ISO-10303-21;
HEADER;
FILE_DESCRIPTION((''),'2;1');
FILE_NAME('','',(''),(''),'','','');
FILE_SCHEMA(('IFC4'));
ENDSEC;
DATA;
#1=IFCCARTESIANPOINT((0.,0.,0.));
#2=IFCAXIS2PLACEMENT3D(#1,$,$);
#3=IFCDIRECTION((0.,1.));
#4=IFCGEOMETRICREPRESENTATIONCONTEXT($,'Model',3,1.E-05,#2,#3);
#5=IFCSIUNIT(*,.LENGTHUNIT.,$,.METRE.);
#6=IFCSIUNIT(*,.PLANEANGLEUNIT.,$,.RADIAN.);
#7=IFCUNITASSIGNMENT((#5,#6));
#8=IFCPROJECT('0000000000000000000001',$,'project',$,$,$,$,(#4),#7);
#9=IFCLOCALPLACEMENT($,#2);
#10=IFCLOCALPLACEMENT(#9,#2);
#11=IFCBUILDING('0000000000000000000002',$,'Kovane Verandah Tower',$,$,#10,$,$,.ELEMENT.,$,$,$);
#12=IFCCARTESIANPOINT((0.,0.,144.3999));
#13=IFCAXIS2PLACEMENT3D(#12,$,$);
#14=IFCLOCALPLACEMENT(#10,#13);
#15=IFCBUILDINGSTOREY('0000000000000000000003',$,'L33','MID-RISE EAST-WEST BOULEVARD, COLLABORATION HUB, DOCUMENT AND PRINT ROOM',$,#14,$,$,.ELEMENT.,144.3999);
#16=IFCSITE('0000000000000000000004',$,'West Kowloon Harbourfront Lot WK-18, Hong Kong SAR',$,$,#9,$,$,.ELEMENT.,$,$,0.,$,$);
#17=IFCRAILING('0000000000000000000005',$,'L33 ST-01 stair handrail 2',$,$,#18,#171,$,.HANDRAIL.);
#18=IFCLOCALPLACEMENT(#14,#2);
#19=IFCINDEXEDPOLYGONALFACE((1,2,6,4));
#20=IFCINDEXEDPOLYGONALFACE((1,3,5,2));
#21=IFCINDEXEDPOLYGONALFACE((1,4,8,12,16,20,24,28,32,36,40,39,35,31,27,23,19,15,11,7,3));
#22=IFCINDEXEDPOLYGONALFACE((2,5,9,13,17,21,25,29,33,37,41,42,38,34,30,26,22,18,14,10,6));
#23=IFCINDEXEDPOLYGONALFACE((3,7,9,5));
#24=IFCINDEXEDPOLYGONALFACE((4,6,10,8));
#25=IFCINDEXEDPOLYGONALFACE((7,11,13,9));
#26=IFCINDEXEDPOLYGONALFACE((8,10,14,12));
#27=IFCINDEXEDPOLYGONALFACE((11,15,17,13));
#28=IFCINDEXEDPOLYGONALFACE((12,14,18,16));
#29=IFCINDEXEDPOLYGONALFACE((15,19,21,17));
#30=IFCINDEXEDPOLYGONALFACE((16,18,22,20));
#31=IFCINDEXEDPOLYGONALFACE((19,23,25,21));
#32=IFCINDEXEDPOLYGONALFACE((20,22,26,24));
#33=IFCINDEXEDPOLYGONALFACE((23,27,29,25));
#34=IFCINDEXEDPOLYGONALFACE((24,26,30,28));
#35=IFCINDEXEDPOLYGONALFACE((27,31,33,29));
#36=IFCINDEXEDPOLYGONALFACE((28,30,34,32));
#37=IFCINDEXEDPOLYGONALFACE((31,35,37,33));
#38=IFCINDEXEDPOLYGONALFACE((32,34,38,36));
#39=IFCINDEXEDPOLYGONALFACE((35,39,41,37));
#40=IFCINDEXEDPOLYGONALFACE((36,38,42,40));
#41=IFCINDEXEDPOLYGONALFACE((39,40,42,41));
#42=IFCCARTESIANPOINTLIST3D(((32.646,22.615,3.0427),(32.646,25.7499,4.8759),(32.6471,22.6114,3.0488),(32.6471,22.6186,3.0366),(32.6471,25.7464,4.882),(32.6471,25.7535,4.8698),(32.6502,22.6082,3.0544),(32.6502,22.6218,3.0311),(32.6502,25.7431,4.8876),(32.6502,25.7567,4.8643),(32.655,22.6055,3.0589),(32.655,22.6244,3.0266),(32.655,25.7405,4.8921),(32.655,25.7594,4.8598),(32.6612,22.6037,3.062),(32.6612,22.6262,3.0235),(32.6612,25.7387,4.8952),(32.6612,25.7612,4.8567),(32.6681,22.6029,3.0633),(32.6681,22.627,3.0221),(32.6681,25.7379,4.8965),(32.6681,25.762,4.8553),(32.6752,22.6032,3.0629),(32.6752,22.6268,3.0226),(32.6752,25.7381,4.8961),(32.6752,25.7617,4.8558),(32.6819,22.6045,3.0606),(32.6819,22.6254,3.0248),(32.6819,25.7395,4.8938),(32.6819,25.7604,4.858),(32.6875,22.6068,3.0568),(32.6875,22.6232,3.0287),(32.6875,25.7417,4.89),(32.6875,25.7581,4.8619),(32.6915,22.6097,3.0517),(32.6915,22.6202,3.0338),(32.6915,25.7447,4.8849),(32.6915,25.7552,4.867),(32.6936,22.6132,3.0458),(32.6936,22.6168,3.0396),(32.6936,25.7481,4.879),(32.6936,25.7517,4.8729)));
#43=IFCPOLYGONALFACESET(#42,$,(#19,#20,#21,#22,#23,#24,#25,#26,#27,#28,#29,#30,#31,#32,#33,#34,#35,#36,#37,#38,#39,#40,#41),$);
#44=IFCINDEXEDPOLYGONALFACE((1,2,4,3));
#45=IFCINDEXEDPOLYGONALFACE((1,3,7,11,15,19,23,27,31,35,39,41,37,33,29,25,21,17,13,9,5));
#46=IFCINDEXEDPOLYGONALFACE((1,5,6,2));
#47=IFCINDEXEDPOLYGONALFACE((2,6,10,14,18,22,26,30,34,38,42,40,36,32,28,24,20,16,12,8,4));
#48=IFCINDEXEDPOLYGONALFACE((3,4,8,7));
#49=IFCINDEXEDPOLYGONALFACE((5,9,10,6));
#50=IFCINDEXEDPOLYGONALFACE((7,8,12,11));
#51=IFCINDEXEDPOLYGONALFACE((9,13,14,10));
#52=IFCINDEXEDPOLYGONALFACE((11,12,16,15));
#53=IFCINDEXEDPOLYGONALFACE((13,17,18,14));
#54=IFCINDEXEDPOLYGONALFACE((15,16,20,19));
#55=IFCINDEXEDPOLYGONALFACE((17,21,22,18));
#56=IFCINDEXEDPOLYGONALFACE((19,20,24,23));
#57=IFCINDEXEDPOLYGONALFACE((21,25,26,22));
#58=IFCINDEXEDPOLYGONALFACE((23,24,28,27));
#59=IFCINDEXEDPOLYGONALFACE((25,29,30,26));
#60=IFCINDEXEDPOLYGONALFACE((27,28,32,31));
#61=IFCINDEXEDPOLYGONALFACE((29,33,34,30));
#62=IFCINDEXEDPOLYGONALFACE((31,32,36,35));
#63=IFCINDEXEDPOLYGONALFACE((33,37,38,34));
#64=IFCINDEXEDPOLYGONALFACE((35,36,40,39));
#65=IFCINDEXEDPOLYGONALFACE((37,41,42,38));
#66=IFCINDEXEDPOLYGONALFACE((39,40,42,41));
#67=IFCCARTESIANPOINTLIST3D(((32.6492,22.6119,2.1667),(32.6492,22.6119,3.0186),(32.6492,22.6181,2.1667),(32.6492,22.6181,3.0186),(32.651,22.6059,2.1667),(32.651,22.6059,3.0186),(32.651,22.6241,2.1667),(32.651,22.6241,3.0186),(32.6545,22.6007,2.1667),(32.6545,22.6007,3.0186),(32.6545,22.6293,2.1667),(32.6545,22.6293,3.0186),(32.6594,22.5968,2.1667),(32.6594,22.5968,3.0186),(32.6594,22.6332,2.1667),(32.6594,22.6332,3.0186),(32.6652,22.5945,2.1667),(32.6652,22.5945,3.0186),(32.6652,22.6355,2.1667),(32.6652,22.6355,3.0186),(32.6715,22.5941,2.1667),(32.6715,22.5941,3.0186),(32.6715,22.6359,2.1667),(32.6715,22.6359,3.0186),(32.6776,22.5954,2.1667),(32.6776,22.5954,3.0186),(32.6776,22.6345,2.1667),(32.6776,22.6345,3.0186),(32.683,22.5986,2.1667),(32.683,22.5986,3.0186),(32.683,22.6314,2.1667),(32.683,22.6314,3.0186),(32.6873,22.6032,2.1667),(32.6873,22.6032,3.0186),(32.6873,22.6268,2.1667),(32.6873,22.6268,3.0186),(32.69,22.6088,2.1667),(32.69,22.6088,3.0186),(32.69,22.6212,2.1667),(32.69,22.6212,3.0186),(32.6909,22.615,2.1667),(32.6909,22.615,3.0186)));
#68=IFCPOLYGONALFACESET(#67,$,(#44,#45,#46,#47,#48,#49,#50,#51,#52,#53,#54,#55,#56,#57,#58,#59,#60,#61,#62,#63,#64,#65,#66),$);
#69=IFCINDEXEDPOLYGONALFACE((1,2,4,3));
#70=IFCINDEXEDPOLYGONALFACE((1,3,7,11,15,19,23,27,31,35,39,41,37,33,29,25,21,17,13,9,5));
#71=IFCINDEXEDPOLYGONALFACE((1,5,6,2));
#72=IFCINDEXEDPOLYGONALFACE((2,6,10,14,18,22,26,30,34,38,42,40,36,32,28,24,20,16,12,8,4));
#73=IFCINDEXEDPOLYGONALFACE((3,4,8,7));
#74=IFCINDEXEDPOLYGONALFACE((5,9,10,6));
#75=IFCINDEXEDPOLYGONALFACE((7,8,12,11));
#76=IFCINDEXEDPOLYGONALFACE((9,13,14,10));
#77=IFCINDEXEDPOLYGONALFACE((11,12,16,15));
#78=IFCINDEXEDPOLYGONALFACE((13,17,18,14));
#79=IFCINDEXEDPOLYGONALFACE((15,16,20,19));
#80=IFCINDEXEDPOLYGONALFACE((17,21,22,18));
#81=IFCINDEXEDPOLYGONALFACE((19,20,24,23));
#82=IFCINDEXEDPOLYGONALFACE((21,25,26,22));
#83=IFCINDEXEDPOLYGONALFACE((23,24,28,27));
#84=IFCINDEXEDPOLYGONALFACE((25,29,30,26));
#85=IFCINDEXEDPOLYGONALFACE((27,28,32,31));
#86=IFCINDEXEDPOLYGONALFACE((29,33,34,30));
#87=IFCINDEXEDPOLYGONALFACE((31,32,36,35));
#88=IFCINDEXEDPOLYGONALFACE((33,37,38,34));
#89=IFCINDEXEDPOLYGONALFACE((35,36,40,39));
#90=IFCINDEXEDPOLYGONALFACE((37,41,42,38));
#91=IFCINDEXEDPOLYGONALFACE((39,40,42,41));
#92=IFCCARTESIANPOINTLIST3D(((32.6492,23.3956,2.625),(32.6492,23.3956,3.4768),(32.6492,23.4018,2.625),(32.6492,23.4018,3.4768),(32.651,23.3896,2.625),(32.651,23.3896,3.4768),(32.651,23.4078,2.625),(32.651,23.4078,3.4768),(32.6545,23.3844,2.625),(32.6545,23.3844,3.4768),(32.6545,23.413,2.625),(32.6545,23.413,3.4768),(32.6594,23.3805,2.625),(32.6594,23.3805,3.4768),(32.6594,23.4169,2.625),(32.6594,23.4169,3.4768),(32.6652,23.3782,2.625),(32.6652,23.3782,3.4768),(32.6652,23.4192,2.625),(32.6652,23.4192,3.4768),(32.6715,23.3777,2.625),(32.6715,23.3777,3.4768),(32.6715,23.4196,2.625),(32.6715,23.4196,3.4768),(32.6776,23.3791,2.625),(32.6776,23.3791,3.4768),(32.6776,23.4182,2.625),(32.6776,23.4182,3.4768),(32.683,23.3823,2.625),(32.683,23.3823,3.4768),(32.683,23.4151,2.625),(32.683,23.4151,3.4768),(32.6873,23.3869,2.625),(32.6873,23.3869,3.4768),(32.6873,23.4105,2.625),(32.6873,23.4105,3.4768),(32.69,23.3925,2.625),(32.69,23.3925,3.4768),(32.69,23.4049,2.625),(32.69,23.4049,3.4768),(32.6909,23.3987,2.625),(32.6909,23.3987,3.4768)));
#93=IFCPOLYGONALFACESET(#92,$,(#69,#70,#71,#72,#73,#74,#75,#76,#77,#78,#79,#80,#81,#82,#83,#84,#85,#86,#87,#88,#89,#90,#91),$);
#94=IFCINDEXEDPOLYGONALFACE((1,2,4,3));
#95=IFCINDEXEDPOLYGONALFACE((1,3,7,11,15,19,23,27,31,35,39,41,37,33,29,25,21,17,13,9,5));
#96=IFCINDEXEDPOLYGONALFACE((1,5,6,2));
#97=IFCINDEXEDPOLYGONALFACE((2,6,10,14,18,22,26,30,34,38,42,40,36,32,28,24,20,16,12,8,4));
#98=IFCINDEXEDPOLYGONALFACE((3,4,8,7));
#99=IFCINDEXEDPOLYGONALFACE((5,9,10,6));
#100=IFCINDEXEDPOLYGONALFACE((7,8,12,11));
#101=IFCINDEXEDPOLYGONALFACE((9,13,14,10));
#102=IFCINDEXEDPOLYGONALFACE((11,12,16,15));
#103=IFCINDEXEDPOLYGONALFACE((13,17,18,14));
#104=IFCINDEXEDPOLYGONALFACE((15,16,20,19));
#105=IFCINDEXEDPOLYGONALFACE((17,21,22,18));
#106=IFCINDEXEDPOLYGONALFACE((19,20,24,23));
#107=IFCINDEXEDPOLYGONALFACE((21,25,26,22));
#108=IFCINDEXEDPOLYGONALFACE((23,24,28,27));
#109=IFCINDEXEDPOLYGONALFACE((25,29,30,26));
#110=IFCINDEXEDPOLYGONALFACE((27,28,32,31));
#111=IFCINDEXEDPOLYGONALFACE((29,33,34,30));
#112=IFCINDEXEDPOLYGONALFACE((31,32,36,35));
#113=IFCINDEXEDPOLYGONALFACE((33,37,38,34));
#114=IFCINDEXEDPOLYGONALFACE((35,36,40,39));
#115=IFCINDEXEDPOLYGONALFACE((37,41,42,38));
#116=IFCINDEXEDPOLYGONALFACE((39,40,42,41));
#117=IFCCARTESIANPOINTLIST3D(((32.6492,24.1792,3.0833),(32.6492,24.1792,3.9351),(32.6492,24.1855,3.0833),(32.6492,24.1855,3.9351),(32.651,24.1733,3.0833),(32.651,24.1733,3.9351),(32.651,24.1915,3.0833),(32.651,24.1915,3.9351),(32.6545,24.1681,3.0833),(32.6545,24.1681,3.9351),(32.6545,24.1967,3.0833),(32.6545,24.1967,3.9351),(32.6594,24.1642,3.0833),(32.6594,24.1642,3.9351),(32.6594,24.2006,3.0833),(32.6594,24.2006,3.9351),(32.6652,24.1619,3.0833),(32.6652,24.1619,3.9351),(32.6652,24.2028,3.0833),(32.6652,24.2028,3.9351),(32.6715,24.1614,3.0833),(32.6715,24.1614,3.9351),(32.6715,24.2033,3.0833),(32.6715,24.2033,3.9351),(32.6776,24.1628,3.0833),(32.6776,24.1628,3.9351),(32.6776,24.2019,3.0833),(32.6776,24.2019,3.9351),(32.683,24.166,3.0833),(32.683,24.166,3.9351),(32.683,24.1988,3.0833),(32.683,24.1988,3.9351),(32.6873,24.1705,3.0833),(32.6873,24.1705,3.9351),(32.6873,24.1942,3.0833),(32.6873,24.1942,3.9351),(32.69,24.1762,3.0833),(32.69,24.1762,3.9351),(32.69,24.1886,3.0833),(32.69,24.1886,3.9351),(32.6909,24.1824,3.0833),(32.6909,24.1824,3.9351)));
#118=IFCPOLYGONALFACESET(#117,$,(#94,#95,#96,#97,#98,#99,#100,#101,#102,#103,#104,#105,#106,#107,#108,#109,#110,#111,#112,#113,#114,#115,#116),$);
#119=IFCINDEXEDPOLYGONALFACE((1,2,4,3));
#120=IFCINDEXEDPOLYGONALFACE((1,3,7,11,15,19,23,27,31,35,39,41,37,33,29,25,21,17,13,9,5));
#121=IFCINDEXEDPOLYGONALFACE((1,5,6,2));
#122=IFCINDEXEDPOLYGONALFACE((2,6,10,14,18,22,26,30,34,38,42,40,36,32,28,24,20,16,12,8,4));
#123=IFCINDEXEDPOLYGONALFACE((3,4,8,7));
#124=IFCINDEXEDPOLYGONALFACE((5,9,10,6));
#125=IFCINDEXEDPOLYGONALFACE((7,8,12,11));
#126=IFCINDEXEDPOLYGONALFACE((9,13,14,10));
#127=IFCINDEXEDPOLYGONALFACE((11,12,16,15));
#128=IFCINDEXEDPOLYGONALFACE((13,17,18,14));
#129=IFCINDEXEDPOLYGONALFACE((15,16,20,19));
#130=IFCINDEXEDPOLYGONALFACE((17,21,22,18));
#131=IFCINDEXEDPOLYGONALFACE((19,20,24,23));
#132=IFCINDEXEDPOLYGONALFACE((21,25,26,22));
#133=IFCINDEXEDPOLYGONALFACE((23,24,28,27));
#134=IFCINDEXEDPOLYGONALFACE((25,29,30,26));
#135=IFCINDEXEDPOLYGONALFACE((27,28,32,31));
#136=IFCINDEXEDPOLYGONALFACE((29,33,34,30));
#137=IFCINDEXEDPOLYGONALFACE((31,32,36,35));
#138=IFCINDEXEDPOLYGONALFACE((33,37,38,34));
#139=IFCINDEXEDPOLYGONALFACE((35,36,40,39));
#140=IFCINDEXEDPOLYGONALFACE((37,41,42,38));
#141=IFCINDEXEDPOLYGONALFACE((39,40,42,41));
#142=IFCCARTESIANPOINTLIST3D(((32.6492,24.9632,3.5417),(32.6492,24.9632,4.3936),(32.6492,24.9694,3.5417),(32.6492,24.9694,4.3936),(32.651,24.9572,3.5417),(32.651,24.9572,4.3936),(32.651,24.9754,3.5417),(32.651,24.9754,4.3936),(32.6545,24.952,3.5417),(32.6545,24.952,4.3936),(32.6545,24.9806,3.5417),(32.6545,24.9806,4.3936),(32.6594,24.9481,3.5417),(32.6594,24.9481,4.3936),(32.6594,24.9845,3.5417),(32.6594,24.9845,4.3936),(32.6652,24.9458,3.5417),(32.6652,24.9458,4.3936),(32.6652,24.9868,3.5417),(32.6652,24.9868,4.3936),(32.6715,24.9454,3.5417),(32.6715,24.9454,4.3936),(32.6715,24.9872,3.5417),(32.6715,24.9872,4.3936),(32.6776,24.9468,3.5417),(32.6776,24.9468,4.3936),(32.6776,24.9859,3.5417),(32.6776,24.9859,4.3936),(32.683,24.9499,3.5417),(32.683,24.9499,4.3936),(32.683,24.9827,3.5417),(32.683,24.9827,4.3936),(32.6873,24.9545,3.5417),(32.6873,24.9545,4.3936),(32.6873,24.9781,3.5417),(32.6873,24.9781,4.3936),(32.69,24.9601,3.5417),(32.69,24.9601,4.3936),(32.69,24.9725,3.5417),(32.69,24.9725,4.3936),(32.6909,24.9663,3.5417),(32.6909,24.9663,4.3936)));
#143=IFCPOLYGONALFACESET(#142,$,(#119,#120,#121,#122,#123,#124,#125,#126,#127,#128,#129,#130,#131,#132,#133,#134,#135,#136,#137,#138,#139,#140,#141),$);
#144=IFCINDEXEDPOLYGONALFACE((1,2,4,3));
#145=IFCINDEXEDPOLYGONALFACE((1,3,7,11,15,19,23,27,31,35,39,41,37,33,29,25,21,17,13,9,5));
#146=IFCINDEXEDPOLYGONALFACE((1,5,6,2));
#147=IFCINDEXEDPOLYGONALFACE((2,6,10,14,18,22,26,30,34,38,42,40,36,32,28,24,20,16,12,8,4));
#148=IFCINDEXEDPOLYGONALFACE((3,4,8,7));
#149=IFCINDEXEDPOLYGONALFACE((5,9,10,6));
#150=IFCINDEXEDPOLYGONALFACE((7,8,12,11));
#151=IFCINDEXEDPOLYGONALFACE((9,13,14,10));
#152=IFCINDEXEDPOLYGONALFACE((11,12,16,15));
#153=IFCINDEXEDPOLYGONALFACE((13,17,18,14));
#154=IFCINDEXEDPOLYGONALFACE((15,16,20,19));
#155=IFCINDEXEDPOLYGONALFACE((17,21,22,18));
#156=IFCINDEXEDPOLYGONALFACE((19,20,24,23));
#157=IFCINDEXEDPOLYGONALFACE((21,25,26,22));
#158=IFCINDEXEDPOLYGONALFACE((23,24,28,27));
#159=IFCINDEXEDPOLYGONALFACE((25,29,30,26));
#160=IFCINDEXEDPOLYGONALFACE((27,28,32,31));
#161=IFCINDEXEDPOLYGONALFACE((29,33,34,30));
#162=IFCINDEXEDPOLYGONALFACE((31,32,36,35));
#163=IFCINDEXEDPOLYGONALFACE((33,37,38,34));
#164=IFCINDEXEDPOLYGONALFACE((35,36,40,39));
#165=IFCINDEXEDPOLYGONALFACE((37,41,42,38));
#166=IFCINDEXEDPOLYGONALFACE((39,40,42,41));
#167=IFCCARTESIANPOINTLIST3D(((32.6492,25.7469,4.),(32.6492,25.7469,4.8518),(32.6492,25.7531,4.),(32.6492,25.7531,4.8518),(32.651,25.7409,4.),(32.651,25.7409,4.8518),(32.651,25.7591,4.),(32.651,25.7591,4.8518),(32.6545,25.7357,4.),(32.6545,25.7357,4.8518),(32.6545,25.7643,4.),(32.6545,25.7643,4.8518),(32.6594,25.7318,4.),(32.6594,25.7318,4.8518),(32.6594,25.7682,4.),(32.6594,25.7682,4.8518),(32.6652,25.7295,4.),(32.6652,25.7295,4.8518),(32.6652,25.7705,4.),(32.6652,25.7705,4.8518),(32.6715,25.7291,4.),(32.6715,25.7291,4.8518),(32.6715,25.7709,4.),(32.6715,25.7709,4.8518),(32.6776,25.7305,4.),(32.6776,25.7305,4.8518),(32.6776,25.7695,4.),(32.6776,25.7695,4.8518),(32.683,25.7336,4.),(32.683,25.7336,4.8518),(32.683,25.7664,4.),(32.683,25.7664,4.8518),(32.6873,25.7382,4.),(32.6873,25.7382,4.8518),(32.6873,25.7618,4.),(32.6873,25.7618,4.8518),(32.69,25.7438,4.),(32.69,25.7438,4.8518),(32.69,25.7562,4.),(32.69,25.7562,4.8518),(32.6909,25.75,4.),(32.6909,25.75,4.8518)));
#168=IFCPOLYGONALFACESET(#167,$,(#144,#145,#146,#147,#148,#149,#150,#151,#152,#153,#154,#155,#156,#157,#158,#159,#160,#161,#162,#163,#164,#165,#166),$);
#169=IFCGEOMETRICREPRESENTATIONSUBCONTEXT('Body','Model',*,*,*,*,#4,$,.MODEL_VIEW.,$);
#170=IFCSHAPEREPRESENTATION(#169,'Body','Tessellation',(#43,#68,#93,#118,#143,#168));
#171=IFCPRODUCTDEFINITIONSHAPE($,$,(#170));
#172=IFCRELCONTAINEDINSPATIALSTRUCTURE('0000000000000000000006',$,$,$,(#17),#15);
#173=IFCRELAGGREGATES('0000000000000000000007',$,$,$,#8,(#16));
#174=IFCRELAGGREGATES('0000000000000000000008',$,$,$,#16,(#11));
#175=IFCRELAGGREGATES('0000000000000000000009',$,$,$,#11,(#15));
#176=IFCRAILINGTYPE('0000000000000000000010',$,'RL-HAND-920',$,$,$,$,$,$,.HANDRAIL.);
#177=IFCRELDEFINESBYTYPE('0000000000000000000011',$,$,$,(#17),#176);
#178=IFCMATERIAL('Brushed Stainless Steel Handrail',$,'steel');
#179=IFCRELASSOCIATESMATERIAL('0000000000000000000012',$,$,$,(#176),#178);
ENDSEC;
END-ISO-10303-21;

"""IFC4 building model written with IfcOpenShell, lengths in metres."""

from ifc_helpers import new_model, si_unit, direction, frame, origin, origin_2d, place, context, subcontext, project, spatial, circle, extrude, material, type_object, element, save


model = new_model("IFC4")

# Units and contexts
model_context = context("Model", 3, precision=1e-05, world=origin(), true_north=direction((0.0, 1.0)))
body_context = subcontext(model_context, "Body", "Model", "MODEL_VIEW")
ifc_project = project(units=[si_unit("LENGTHUNIT", "METRE"), si_unit("PLANEANGLEUNIT", "RADIAN")], contexts=[model_context])

# Site, building, storey
site_placement = place(None, origin())
site = spatial("IfcSite", under=ifc_project, at=site_placement, Name="West Kowloon Harbourfront Lot WK-18, Hong Kong SAR", CompositionType="ELEMENT", RefElevation=0.0)
building_placement = place(site_placement, origin())
building = spatial("IfcBuilding", under=site, at=building_placement, Name="Kovane Verandah Tower", CompositionType="ELEMENT")
storey_placement = place(building_placement, frame((0.0, 0.0, 144.3999)))
storey = spatial("IfcBuildingStorey", under=building, at=storey_placement, Name="L33", Description="MID-RISE EAST-WEST BOULEVARD, COLLABORATION HUB, DOCUMENT AND PRINT ROOM", CompositionType="ELEMENT", Elevation=144.3999)

# Railing
ifc_material_1 = material(Name="Brushed Stainless Steel Handrail", Category="steel")
railing_type_1 = type_object("IfcRailingType", Name="RL-HAND-920", PredefinedType="HANDRAIL", material=ifc_material_1)
railing_1_placement = place(storey_placement, frame((32.6699, 22.615, 2.1667)))
element("IfcRailing", 1, at=railing_1_placement, inside=storey, type_object=railing_type_1, Name="L33 ST-01 stair handrail 2", PredefinedType="HANDRAIL", context=body_context, shape_type="SweptSolid", body=[
    extrude(circle(Radius=0.0239, at=origin_2d()), frame((0.0, 0.0, 0.876), z_axis=(0.0, 0.86324, 0.504794), x_axis=(-1.0, 0.0, 0.0)), (0.0, 0.0, 1.0), 3.6316),
    extrude(circle(Radius=0.021, at=origin_2d()), origin(), (0.0, 0.0, 1.0), 0.8518),
    extrude(circle(Radius=0.021, at=origin_2d()), frame((0.0, 0.7837, 0.4583)), (0.0, 0.0, 1.0), 0.8518),
    extrude(circle(Radius=0.021, at=origin_2d()), frame((0.0, 1.5674, 0.9165)), (0.0, 0.0, 1.0), 0.8518),
    extrude(circle(Radius=0.021, at=origin_2d()), frame((0.0, 2.3513, 1.375)), (0.0, 0.0, 1.0), 0.8518),
    extrude(circle(Radius=0.021, at=origin_2d()), frame((0.0, 3.135, 1.8333)), (0.0, 0.0, 1.0), 0.8518),
])

save(model, "model.ifc")
